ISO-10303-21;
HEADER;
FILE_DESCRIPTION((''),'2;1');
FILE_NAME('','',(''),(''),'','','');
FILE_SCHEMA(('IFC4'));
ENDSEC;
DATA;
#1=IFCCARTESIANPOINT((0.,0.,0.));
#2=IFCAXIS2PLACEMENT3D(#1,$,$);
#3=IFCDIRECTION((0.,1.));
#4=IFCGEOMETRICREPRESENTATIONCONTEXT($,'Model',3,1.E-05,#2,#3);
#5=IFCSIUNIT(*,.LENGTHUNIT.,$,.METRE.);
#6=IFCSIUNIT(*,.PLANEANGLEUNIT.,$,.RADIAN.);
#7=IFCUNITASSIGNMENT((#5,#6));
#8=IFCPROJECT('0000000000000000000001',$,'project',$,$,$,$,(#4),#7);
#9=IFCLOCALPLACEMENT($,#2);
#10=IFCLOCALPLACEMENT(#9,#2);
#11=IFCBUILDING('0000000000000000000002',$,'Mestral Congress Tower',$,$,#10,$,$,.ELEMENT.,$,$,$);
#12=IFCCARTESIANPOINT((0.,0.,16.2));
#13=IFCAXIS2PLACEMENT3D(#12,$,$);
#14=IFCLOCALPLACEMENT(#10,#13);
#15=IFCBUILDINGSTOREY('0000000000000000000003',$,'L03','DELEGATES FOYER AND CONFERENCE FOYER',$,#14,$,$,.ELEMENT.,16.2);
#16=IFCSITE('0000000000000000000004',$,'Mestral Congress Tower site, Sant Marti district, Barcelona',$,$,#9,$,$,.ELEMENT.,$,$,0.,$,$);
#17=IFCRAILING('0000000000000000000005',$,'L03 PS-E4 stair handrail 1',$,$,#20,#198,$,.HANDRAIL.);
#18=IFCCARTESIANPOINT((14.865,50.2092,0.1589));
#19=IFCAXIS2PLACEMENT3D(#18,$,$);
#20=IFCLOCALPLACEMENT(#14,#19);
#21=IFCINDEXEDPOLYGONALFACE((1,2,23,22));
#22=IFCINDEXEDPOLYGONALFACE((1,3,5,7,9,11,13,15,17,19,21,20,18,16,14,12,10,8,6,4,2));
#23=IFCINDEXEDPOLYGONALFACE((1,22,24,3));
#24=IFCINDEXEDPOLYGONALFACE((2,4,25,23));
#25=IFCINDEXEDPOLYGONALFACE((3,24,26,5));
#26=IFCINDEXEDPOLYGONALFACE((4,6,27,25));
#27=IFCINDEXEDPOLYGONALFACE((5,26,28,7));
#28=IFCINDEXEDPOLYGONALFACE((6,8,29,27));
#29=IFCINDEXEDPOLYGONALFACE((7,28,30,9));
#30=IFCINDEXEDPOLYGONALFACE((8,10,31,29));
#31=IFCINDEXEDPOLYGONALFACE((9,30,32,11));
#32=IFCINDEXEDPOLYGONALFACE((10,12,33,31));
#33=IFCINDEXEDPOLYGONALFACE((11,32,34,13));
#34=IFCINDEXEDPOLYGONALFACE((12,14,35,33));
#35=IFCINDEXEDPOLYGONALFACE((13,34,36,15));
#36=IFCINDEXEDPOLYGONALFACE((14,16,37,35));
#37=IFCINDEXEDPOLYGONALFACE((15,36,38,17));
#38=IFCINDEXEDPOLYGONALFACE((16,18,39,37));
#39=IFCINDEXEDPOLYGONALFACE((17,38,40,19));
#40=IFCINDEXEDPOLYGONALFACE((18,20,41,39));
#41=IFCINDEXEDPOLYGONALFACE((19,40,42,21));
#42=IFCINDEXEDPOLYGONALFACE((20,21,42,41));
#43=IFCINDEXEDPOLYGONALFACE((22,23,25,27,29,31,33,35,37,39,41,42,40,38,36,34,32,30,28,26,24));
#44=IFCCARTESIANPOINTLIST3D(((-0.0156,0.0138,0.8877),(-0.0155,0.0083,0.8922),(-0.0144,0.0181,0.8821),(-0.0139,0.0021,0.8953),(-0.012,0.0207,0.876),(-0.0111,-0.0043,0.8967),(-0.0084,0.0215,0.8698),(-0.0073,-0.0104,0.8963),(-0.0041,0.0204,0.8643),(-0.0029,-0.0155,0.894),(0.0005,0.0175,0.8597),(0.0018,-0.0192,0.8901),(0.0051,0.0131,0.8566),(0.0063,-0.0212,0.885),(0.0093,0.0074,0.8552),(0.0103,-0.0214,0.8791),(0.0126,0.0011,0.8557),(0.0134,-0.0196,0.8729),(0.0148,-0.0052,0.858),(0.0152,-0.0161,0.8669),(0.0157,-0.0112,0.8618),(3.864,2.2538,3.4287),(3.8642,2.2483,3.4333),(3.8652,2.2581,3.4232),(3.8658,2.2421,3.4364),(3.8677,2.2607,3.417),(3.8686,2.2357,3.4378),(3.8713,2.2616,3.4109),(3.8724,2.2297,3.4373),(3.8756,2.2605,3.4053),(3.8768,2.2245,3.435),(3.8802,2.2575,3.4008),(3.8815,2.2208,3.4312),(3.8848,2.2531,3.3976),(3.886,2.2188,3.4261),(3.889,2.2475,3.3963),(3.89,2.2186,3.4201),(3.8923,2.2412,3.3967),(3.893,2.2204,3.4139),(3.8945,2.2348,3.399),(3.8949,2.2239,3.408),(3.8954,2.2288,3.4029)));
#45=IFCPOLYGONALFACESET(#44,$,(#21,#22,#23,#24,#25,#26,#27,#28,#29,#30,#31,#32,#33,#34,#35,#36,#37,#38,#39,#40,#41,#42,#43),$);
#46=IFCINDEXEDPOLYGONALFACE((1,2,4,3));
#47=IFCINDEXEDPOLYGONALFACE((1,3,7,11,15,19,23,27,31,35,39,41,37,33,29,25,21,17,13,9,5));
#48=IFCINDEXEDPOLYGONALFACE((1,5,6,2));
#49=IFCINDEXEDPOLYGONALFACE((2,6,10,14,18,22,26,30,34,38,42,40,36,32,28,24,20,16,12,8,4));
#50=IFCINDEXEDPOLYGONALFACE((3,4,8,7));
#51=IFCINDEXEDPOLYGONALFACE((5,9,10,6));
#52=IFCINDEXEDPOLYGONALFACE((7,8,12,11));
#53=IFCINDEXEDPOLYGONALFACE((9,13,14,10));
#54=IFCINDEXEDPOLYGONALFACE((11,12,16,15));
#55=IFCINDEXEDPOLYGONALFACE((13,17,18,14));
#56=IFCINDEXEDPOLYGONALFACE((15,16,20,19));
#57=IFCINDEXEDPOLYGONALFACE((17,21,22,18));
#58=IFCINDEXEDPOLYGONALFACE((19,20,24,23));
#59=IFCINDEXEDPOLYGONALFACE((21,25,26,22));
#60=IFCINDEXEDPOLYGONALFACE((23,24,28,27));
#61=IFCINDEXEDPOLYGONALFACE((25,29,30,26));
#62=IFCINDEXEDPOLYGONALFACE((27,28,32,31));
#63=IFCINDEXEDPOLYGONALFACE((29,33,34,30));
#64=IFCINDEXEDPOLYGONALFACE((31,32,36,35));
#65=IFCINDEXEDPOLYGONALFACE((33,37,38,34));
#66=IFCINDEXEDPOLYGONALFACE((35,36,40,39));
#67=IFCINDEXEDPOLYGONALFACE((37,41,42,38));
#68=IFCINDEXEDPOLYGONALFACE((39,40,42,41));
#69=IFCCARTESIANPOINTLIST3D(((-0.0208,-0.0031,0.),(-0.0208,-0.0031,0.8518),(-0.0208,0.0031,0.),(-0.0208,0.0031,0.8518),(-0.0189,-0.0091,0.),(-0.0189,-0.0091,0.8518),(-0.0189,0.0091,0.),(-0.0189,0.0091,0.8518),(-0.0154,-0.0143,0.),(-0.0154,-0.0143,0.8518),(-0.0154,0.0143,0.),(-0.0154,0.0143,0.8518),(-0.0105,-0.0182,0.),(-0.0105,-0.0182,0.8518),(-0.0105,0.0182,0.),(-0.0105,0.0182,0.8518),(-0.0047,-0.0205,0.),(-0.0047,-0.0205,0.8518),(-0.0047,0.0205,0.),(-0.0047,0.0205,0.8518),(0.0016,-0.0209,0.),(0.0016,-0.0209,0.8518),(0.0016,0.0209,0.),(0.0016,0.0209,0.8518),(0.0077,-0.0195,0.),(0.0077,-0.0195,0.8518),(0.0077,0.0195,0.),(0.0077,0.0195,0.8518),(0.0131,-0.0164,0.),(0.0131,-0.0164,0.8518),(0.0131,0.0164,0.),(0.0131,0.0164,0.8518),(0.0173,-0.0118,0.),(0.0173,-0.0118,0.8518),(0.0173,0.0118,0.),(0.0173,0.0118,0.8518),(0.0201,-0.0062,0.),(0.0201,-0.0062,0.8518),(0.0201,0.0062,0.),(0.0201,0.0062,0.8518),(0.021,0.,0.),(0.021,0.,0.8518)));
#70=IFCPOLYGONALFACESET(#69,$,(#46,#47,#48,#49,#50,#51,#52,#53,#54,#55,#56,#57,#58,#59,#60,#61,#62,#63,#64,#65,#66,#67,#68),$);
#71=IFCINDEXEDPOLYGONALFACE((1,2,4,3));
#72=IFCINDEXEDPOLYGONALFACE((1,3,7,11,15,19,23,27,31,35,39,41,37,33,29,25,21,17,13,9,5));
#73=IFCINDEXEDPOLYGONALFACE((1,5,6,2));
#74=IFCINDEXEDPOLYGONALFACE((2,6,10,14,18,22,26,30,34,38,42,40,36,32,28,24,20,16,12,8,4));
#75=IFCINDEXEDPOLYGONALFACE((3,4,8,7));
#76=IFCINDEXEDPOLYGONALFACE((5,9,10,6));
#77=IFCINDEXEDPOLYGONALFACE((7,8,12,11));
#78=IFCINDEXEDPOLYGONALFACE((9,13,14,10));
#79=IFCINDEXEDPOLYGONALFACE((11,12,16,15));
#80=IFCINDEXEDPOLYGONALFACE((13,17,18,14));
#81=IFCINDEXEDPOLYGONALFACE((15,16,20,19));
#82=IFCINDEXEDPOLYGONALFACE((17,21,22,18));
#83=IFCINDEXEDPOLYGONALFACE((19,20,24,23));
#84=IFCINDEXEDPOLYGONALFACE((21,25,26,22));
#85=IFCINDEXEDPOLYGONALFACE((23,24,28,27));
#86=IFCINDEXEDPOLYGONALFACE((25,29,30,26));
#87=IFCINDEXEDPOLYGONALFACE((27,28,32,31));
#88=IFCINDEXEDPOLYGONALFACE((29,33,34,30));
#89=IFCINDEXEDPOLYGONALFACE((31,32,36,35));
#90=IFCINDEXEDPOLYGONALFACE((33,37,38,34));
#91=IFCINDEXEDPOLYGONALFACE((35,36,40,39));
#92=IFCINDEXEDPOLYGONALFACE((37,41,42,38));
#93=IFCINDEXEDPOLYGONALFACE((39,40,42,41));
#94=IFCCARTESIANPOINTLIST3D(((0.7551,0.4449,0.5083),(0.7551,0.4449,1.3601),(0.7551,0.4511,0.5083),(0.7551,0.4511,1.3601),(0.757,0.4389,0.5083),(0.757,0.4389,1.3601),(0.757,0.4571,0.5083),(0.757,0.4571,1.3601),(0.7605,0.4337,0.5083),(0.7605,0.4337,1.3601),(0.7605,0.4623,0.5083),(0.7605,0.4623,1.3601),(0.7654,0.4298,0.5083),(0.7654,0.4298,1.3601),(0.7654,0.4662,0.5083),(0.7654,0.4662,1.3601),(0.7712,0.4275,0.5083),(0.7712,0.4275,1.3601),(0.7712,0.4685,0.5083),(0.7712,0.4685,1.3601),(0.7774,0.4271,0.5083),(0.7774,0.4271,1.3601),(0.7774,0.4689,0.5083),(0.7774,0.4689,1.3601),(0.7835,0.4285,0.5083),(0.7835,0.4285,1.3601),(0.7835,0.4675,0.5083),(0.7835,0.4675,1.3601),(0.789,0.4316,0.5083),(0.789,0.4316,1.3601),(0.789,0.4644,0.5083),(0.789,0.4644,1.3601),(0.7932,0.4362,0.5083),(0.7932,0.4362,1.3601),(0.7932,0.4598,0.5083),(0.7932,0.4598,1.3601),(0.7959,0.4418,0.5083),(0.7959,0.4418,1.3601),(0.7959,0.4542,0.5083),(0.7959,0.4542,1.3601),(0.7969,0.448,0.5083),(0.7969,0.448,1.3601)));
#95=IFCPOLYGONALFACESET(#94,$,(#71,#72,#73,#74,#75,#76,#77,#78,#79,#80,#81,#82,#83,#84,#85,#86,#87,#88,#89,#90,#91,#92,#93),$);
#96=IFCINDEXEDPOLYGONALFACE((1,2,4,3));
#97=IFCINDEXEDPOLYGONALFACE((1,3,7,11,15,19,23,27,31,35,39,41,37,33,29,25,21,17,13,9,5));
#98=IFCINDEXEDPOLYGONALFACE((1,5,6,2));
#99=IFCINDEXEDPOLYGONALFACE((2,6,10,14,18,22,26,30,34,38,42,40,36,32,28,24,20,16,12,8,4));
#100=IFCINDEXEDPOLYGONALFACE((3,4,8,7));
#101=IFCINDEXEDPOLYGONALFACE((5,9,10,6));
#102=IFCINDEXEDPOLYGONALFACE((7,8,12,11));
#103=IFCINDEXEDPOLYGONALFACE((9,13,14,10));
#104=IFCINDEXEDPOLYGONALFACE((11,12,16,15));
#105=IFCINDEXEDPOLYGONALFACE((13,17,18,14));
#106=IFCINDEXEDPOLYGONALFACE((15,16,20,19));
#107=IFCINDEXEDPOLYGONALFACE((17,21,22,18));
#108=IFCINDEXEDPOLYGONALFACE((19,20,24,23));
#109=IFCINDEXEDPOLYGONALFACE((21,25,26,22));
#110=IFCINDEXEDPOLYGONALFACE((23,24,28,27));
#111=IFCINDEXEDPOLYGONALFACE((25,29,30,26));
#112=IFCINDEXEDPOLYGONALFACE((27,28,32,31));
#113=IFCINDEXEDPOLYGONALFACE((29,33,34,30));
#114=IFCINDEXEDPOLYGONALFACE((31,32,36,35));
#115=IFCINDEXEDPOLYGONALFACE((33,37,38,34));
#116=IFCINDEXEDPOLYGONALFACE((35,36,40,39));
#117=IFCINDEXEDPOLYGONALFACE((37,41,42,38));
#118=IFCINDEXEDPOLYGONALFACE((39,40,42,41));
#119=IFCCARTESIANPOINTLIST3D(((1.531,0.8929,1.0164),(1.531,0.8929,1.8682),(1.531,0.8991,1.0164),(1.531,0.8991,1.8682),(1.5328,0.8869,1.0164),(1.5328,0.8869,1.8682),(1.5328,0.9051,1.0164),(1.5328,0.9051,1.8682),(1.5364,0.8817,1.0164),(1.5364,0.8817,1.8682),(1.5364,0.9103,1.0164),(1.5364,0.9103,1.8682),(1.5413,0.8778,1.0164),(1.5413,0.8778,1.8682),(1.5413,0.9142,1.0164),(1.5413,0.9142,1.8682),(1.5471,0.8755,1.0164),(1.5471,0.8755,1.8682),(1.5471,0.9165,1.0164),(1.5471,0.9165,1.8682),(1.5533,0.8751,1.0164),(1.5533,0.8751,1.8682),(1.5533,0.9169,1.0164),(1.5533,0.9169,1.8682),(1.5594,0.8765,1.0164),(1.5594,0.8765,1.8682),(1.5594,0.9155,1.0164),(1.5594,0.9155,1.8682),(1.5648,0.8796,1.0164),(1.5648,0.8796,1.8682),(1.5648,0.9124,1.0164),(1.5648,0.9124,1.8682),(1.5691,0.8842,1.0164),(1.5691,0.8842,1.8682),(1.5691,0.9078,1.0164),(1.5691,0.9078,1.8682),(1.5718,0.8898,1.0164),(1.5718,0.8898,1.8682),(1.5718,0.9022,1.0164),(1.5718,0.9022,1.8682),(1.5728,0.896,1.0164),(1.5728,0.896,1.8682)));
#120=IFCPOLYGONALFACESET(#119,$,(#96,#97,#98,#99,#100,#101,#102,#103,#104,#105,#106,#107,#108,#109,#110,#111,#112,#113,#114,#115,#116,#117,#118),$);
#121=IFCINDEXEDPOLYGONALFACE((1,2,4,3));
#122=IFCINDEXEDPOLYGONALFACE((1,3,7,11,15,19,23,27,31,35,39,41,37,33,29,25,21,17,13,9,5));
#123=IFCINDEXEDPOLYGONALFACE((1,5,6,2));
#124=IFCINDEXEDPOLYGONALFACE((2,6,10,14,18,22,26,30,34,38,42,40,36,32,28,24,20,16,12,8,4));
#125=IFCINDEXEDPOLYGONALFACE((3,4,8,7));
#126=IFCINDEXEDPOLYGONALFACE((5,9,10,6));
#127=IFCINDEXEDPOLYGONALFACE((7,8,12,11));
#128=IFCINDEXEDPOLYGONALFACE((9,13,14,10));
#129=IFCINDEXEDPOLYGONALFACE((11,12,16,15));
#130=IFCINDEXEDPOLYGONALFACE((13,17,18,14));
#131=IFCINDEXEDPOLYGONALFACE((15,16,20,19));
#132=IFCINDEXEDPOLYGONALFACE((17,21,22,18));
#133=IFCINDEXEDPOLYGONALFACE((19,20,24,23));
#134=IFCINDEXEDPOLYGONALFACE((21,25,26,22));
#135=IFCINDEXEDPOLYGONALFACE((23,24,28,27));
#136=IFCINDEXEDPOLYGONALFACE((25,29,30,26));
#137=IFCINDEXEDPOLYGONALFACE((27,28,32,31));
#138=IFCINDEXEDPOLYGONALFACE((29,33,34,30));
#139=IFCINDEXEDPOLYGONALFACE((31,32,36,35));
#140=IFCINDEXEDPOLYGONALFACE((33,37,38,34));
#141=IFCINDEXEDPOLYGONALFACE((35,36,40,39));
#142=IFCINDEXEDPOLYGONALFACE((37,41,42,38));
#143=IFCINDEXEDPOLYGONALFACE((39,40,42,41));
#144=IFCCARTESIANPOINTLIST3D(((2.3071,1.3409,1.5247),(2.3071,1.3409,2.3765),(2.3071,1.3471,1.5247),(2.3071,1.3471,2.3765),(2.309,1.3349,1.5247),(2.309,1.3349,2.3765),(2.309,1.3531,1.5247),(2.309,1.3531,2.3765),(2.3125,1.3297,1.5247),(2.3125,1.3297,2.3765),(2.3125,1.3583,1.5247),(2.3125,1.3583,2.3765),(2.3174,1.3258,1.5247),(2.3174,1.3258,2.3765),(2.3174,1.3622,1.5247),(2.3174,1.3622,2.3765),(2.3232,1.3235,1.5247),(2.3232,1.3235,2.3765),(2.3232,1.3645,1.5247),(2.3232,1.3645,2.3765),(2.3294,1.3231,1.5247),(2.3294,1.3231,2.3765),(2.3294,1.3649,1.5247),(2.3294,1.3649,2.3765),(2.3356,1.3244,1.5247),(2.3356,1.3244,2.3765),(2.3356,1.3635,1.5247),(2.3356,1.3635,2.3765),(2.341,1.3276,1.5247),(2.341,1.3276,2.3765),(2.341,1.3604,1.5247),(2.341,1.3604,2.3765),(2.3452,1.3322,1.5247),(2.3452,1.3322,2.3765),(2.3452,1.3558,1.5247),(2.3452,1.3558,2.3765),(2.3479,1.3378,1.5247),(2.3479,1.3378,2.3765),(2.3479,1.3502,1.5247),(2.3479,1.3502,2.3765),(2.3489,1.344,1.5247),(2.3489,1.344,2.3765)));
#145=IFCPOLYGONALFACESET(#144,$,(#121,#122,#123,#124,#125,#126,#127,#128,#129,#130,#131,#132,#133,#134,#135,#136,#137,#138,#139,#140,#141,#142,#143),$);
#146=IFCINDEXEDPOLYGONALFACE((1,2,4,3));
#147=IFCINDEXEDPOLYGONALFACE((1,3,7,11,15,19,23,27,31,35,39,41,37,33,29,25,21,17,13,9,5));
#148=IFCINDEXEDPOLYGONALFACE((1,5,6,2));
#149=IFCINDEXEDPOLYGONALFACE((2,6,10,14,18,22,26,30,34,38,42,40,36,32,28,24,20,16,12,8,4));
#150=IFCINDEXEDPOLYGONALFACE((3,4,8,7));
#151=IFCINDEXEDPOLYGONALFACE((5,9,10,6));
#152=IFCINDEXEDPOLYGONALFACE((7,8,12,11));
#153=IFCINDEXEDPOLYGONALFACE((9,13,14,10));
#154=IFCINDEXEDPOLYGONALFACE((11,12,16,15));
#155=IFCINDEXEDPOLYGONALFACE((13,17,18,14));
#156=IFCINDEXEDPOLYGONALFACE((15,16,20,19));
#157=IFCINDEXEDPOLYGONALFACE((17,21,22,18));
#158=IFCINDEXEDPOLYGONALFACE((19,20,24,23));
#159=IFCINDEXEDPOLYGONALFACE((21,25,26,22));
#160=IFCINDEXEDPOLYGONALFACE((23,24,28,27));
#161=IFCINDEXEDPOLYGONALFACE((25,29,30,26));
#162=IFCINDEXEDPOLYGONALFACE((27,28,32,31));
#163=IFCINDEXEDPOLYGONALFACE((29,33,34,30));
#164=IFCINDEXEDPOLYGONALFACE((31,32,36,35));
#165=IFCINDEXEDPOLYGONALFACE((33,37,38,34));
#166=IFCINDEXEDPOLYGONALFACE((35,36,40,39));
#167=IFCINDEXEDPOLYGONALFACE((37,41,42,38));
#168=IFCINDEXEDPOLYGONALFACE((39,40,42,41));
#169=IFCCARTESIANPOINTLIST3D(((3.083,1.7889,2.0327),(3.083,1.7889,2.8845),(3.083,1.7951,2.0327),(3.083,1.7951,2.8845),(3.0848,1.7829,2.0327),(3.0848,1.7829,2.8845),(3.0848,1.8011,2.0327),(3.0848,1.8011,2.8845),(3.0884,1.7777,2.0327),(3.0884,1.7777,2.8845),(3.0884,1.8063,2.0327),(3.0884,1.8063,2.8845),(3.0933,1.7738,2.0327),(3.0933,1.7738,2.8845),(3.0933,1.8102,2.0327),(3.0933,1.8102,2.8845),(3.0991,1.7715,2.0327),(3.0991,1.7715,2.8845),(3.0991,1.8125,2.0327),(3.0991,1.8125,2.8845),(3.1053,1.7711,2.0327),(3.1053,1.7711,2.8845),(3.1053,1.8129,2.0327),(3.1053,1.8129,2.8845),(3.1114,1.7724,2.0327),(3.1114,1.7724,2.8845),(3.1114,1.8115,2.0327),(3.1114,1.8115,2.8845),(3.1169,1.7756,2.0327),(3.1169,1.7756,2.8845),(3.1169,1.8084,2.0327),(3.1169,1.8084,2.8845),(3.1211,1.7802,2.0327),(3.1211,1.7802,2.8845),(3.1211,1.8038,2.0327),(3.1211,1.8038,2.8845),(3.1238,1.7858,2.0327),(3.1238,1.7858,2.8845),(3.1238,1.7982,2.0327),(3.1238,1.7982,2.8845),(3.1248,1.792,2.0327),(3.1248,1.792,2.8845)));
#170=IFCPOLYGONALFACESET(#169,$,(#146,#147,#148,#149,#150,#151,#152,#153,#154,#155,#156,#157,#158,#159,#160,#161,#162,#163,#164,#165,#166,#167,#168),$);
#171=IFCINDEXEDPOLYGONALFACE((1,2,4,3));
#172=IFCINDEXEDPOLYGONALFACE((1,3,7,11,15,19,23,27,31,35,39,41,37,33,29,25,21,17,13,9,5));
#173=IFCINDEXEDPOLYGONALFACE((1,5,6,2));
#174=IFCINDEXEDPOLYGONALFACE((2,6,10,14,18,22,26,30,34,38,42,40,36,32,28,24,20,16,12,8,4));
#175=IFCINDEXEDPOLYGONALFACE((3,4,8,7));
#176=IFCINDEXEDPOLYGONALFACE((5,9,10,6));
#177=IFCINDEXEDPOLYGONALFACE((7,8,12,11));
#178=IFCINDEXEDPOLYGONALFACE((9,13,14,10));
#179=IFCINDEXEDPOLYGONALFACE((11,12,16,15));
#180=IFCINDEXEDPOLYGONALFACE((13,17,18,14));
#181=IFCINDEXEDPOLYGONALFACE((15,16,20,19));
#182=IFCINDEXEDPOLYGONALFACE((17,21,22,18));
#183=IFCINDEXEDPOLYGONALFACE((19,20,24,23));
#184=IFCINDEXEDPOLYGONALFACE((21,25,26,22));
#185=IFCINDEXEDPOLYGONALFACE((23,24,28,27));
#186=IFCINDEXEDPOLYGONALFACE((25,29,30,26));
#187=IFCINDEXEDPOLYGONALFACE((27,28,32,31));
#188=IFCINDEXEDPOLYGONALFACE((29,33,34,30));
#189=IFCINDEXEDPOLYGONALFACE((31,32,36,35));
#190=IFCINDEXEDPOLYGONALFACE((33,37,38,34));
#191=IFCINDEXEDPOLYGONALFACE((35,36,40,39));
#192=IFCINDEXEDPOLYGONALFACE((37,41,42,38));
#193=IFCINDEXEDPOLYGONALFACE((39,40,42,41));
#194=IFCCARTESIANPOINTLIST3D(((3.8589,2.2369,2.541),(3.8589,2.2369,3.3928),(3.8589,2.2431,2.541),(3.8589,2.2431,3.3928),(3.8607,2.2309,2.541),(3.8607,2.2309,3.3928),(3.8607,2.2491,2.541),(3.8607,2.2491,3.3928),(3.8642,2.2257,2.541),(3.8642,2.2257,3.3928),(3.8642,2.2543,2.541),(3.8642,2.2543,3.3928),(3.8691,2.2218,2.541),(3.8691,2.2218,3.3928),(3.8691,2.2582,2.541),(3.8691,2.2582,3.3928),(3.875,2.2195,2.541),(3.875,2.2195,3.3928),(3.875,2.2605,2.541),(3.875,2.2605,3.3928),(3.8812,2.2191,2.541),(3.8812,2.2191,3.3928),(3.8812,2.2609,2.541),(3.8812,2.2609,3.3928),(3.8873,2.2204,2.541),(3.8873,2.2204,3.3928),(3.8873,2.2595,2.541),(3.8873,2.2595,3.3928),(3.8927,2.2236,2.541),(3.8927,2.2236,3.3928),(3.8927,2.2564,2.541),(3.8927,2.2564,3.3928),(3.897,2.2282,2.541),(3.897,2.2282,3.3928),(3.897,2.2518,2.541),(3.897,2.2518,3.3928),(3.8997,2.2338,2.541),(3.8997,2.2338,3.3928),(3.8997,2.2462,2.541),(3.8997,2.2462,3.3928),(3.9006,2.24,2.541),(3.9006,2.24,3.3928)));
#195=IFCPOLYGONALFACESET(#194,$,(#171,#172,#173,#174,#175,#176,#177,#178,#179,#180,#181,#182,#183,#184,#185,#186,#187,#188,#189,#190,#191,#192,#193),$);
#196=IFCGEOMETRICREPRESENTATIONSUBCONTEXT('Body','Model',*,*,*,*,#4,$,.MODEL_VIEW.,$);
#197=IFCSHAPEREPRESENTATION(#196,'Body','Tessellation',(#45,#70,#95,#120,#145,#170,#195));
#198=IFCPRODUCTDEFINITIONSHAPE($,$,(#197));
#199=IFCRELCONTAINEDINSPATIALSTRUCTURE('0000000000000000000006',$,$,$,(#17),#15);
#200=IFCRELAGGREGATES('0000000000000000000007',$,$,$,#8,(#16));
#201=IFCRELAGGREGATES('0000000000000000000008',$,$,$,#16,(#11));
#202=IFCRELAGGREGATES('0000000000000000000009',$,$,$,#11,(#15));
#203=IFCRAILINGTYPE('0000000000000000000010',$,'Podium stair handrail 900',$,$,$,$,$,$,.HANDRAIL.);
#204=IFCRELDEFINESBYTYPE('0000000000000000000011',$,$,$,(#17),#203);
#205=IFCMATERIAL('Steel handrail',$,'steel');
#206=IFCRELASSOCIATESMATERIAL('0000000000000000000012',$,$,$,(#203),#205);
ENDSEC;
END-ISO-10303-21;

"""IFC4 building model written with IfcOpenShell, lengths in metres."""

from ifc_helpers import new_model, si_unit, direction, frame, origin, origin_2d, place, context, subcontext, project, spatial, circle, extrude, material, type_object, element, save


model = new_model("IFC4")

# Units and contexts
model_context = context("Model", 3, precision=1e-05, world=origin(), true_north=direction((0.0, 1.0)))
body_context = subcontext(model_context, "Body", "Model", "MODEL_VIEW")
ifc_project = project(units=[si_unit("LENGTHUNIT", "METRE"), si_unit("PLANEANGLEUNIT", "RADIAN")], contexts=[model_context])

# Site, building, storey
site_placement = place(None, origin())
site = spatial("IfcSite", under=ifc_project, at=site_placement, Name="Mestral Congress Tower site, Sant Marti district, Barcelona", CompositionType="ELEMENT", RefElevation=0.0)
building_placement = place(site_placement, origin())
building = spatial("IfcBuilding", under=site, at=building_placement, Name="Mestral Congress Tower", CompositionType="ELEMENT")
storey_placement = place(building_placement, frame((0.0, 0.0, 16.2)))
storey = spatial("IfcBuildingStorey", under=building, at=storey_placement, Name="L03", Description="DELEGATES FOYER AND CONFERENCE FOYER", CompositionType="ELEMENT", Elevation=16.2)

# Railing
ifc_material_1 = material(Name="Steel handrail", Category="steel")
railing_type_1 = type_object("IfcRailingType", Name="Podium stair handrail 900", PredefinedType="HANDRAIL", material=ifc_material_1)
railing_1_placement = place(storey_placement, frame((14.865, 50.2092, 0.1589)))
element("IfcRailing", 1, at=railing_1_placement, inside=storey, type_object=railing_type_1, Name="L03 PS-E4 stair handrail 1", PredefinedType="HANDRAIL", context=body_context, shape_type="SweptSolid", body=[
    extrude(circle(Radius=0.0239, at=origin_2d()), frame((0.0, 0.0, 0.876), z_axis=(0.753279, 0.434922, 0.493369), x_axis=(-0.500013, 0.866018, 0.0)), (0.0, 0.0, 1.0), 5.1504),
    extrude(circle(Radius=0.021, at=origin_2d()), origin(), (0.0, 0.0, 1.0), 0.8518),
    extrude(circle(Radius=0.021, at=origin_2d()), frame((0.7759, 0.448, 0.5083)), (0.0, 0.0, 1.0), 0.8518),
    extrude(circle(Radius=0.021, at=origin_2d()), frame((1.5518, 0.896, 1.0164)), (0.0, 0.0, 1.0), 0.8518),
    extrude(circle(Radius=0.021, at=origin_2d()), frame((2.3279, 1.344, 1.5247)), (0.0, 0.0, 1.0), 0.8518),
    extrude(circle(Radius=0.021, at=origin_2d()), frame((3.1038, 1.792, 2.0327)), (0.0, 0.0, 1.0), 0.8518),
    extrude(circle(Radius=0.021, at=origin_2d()), frame((3.8796, 2.24, 2.541)), (0.0, 0.0, 1.0), 0.8518),
])

save(model, "model.ifc")
